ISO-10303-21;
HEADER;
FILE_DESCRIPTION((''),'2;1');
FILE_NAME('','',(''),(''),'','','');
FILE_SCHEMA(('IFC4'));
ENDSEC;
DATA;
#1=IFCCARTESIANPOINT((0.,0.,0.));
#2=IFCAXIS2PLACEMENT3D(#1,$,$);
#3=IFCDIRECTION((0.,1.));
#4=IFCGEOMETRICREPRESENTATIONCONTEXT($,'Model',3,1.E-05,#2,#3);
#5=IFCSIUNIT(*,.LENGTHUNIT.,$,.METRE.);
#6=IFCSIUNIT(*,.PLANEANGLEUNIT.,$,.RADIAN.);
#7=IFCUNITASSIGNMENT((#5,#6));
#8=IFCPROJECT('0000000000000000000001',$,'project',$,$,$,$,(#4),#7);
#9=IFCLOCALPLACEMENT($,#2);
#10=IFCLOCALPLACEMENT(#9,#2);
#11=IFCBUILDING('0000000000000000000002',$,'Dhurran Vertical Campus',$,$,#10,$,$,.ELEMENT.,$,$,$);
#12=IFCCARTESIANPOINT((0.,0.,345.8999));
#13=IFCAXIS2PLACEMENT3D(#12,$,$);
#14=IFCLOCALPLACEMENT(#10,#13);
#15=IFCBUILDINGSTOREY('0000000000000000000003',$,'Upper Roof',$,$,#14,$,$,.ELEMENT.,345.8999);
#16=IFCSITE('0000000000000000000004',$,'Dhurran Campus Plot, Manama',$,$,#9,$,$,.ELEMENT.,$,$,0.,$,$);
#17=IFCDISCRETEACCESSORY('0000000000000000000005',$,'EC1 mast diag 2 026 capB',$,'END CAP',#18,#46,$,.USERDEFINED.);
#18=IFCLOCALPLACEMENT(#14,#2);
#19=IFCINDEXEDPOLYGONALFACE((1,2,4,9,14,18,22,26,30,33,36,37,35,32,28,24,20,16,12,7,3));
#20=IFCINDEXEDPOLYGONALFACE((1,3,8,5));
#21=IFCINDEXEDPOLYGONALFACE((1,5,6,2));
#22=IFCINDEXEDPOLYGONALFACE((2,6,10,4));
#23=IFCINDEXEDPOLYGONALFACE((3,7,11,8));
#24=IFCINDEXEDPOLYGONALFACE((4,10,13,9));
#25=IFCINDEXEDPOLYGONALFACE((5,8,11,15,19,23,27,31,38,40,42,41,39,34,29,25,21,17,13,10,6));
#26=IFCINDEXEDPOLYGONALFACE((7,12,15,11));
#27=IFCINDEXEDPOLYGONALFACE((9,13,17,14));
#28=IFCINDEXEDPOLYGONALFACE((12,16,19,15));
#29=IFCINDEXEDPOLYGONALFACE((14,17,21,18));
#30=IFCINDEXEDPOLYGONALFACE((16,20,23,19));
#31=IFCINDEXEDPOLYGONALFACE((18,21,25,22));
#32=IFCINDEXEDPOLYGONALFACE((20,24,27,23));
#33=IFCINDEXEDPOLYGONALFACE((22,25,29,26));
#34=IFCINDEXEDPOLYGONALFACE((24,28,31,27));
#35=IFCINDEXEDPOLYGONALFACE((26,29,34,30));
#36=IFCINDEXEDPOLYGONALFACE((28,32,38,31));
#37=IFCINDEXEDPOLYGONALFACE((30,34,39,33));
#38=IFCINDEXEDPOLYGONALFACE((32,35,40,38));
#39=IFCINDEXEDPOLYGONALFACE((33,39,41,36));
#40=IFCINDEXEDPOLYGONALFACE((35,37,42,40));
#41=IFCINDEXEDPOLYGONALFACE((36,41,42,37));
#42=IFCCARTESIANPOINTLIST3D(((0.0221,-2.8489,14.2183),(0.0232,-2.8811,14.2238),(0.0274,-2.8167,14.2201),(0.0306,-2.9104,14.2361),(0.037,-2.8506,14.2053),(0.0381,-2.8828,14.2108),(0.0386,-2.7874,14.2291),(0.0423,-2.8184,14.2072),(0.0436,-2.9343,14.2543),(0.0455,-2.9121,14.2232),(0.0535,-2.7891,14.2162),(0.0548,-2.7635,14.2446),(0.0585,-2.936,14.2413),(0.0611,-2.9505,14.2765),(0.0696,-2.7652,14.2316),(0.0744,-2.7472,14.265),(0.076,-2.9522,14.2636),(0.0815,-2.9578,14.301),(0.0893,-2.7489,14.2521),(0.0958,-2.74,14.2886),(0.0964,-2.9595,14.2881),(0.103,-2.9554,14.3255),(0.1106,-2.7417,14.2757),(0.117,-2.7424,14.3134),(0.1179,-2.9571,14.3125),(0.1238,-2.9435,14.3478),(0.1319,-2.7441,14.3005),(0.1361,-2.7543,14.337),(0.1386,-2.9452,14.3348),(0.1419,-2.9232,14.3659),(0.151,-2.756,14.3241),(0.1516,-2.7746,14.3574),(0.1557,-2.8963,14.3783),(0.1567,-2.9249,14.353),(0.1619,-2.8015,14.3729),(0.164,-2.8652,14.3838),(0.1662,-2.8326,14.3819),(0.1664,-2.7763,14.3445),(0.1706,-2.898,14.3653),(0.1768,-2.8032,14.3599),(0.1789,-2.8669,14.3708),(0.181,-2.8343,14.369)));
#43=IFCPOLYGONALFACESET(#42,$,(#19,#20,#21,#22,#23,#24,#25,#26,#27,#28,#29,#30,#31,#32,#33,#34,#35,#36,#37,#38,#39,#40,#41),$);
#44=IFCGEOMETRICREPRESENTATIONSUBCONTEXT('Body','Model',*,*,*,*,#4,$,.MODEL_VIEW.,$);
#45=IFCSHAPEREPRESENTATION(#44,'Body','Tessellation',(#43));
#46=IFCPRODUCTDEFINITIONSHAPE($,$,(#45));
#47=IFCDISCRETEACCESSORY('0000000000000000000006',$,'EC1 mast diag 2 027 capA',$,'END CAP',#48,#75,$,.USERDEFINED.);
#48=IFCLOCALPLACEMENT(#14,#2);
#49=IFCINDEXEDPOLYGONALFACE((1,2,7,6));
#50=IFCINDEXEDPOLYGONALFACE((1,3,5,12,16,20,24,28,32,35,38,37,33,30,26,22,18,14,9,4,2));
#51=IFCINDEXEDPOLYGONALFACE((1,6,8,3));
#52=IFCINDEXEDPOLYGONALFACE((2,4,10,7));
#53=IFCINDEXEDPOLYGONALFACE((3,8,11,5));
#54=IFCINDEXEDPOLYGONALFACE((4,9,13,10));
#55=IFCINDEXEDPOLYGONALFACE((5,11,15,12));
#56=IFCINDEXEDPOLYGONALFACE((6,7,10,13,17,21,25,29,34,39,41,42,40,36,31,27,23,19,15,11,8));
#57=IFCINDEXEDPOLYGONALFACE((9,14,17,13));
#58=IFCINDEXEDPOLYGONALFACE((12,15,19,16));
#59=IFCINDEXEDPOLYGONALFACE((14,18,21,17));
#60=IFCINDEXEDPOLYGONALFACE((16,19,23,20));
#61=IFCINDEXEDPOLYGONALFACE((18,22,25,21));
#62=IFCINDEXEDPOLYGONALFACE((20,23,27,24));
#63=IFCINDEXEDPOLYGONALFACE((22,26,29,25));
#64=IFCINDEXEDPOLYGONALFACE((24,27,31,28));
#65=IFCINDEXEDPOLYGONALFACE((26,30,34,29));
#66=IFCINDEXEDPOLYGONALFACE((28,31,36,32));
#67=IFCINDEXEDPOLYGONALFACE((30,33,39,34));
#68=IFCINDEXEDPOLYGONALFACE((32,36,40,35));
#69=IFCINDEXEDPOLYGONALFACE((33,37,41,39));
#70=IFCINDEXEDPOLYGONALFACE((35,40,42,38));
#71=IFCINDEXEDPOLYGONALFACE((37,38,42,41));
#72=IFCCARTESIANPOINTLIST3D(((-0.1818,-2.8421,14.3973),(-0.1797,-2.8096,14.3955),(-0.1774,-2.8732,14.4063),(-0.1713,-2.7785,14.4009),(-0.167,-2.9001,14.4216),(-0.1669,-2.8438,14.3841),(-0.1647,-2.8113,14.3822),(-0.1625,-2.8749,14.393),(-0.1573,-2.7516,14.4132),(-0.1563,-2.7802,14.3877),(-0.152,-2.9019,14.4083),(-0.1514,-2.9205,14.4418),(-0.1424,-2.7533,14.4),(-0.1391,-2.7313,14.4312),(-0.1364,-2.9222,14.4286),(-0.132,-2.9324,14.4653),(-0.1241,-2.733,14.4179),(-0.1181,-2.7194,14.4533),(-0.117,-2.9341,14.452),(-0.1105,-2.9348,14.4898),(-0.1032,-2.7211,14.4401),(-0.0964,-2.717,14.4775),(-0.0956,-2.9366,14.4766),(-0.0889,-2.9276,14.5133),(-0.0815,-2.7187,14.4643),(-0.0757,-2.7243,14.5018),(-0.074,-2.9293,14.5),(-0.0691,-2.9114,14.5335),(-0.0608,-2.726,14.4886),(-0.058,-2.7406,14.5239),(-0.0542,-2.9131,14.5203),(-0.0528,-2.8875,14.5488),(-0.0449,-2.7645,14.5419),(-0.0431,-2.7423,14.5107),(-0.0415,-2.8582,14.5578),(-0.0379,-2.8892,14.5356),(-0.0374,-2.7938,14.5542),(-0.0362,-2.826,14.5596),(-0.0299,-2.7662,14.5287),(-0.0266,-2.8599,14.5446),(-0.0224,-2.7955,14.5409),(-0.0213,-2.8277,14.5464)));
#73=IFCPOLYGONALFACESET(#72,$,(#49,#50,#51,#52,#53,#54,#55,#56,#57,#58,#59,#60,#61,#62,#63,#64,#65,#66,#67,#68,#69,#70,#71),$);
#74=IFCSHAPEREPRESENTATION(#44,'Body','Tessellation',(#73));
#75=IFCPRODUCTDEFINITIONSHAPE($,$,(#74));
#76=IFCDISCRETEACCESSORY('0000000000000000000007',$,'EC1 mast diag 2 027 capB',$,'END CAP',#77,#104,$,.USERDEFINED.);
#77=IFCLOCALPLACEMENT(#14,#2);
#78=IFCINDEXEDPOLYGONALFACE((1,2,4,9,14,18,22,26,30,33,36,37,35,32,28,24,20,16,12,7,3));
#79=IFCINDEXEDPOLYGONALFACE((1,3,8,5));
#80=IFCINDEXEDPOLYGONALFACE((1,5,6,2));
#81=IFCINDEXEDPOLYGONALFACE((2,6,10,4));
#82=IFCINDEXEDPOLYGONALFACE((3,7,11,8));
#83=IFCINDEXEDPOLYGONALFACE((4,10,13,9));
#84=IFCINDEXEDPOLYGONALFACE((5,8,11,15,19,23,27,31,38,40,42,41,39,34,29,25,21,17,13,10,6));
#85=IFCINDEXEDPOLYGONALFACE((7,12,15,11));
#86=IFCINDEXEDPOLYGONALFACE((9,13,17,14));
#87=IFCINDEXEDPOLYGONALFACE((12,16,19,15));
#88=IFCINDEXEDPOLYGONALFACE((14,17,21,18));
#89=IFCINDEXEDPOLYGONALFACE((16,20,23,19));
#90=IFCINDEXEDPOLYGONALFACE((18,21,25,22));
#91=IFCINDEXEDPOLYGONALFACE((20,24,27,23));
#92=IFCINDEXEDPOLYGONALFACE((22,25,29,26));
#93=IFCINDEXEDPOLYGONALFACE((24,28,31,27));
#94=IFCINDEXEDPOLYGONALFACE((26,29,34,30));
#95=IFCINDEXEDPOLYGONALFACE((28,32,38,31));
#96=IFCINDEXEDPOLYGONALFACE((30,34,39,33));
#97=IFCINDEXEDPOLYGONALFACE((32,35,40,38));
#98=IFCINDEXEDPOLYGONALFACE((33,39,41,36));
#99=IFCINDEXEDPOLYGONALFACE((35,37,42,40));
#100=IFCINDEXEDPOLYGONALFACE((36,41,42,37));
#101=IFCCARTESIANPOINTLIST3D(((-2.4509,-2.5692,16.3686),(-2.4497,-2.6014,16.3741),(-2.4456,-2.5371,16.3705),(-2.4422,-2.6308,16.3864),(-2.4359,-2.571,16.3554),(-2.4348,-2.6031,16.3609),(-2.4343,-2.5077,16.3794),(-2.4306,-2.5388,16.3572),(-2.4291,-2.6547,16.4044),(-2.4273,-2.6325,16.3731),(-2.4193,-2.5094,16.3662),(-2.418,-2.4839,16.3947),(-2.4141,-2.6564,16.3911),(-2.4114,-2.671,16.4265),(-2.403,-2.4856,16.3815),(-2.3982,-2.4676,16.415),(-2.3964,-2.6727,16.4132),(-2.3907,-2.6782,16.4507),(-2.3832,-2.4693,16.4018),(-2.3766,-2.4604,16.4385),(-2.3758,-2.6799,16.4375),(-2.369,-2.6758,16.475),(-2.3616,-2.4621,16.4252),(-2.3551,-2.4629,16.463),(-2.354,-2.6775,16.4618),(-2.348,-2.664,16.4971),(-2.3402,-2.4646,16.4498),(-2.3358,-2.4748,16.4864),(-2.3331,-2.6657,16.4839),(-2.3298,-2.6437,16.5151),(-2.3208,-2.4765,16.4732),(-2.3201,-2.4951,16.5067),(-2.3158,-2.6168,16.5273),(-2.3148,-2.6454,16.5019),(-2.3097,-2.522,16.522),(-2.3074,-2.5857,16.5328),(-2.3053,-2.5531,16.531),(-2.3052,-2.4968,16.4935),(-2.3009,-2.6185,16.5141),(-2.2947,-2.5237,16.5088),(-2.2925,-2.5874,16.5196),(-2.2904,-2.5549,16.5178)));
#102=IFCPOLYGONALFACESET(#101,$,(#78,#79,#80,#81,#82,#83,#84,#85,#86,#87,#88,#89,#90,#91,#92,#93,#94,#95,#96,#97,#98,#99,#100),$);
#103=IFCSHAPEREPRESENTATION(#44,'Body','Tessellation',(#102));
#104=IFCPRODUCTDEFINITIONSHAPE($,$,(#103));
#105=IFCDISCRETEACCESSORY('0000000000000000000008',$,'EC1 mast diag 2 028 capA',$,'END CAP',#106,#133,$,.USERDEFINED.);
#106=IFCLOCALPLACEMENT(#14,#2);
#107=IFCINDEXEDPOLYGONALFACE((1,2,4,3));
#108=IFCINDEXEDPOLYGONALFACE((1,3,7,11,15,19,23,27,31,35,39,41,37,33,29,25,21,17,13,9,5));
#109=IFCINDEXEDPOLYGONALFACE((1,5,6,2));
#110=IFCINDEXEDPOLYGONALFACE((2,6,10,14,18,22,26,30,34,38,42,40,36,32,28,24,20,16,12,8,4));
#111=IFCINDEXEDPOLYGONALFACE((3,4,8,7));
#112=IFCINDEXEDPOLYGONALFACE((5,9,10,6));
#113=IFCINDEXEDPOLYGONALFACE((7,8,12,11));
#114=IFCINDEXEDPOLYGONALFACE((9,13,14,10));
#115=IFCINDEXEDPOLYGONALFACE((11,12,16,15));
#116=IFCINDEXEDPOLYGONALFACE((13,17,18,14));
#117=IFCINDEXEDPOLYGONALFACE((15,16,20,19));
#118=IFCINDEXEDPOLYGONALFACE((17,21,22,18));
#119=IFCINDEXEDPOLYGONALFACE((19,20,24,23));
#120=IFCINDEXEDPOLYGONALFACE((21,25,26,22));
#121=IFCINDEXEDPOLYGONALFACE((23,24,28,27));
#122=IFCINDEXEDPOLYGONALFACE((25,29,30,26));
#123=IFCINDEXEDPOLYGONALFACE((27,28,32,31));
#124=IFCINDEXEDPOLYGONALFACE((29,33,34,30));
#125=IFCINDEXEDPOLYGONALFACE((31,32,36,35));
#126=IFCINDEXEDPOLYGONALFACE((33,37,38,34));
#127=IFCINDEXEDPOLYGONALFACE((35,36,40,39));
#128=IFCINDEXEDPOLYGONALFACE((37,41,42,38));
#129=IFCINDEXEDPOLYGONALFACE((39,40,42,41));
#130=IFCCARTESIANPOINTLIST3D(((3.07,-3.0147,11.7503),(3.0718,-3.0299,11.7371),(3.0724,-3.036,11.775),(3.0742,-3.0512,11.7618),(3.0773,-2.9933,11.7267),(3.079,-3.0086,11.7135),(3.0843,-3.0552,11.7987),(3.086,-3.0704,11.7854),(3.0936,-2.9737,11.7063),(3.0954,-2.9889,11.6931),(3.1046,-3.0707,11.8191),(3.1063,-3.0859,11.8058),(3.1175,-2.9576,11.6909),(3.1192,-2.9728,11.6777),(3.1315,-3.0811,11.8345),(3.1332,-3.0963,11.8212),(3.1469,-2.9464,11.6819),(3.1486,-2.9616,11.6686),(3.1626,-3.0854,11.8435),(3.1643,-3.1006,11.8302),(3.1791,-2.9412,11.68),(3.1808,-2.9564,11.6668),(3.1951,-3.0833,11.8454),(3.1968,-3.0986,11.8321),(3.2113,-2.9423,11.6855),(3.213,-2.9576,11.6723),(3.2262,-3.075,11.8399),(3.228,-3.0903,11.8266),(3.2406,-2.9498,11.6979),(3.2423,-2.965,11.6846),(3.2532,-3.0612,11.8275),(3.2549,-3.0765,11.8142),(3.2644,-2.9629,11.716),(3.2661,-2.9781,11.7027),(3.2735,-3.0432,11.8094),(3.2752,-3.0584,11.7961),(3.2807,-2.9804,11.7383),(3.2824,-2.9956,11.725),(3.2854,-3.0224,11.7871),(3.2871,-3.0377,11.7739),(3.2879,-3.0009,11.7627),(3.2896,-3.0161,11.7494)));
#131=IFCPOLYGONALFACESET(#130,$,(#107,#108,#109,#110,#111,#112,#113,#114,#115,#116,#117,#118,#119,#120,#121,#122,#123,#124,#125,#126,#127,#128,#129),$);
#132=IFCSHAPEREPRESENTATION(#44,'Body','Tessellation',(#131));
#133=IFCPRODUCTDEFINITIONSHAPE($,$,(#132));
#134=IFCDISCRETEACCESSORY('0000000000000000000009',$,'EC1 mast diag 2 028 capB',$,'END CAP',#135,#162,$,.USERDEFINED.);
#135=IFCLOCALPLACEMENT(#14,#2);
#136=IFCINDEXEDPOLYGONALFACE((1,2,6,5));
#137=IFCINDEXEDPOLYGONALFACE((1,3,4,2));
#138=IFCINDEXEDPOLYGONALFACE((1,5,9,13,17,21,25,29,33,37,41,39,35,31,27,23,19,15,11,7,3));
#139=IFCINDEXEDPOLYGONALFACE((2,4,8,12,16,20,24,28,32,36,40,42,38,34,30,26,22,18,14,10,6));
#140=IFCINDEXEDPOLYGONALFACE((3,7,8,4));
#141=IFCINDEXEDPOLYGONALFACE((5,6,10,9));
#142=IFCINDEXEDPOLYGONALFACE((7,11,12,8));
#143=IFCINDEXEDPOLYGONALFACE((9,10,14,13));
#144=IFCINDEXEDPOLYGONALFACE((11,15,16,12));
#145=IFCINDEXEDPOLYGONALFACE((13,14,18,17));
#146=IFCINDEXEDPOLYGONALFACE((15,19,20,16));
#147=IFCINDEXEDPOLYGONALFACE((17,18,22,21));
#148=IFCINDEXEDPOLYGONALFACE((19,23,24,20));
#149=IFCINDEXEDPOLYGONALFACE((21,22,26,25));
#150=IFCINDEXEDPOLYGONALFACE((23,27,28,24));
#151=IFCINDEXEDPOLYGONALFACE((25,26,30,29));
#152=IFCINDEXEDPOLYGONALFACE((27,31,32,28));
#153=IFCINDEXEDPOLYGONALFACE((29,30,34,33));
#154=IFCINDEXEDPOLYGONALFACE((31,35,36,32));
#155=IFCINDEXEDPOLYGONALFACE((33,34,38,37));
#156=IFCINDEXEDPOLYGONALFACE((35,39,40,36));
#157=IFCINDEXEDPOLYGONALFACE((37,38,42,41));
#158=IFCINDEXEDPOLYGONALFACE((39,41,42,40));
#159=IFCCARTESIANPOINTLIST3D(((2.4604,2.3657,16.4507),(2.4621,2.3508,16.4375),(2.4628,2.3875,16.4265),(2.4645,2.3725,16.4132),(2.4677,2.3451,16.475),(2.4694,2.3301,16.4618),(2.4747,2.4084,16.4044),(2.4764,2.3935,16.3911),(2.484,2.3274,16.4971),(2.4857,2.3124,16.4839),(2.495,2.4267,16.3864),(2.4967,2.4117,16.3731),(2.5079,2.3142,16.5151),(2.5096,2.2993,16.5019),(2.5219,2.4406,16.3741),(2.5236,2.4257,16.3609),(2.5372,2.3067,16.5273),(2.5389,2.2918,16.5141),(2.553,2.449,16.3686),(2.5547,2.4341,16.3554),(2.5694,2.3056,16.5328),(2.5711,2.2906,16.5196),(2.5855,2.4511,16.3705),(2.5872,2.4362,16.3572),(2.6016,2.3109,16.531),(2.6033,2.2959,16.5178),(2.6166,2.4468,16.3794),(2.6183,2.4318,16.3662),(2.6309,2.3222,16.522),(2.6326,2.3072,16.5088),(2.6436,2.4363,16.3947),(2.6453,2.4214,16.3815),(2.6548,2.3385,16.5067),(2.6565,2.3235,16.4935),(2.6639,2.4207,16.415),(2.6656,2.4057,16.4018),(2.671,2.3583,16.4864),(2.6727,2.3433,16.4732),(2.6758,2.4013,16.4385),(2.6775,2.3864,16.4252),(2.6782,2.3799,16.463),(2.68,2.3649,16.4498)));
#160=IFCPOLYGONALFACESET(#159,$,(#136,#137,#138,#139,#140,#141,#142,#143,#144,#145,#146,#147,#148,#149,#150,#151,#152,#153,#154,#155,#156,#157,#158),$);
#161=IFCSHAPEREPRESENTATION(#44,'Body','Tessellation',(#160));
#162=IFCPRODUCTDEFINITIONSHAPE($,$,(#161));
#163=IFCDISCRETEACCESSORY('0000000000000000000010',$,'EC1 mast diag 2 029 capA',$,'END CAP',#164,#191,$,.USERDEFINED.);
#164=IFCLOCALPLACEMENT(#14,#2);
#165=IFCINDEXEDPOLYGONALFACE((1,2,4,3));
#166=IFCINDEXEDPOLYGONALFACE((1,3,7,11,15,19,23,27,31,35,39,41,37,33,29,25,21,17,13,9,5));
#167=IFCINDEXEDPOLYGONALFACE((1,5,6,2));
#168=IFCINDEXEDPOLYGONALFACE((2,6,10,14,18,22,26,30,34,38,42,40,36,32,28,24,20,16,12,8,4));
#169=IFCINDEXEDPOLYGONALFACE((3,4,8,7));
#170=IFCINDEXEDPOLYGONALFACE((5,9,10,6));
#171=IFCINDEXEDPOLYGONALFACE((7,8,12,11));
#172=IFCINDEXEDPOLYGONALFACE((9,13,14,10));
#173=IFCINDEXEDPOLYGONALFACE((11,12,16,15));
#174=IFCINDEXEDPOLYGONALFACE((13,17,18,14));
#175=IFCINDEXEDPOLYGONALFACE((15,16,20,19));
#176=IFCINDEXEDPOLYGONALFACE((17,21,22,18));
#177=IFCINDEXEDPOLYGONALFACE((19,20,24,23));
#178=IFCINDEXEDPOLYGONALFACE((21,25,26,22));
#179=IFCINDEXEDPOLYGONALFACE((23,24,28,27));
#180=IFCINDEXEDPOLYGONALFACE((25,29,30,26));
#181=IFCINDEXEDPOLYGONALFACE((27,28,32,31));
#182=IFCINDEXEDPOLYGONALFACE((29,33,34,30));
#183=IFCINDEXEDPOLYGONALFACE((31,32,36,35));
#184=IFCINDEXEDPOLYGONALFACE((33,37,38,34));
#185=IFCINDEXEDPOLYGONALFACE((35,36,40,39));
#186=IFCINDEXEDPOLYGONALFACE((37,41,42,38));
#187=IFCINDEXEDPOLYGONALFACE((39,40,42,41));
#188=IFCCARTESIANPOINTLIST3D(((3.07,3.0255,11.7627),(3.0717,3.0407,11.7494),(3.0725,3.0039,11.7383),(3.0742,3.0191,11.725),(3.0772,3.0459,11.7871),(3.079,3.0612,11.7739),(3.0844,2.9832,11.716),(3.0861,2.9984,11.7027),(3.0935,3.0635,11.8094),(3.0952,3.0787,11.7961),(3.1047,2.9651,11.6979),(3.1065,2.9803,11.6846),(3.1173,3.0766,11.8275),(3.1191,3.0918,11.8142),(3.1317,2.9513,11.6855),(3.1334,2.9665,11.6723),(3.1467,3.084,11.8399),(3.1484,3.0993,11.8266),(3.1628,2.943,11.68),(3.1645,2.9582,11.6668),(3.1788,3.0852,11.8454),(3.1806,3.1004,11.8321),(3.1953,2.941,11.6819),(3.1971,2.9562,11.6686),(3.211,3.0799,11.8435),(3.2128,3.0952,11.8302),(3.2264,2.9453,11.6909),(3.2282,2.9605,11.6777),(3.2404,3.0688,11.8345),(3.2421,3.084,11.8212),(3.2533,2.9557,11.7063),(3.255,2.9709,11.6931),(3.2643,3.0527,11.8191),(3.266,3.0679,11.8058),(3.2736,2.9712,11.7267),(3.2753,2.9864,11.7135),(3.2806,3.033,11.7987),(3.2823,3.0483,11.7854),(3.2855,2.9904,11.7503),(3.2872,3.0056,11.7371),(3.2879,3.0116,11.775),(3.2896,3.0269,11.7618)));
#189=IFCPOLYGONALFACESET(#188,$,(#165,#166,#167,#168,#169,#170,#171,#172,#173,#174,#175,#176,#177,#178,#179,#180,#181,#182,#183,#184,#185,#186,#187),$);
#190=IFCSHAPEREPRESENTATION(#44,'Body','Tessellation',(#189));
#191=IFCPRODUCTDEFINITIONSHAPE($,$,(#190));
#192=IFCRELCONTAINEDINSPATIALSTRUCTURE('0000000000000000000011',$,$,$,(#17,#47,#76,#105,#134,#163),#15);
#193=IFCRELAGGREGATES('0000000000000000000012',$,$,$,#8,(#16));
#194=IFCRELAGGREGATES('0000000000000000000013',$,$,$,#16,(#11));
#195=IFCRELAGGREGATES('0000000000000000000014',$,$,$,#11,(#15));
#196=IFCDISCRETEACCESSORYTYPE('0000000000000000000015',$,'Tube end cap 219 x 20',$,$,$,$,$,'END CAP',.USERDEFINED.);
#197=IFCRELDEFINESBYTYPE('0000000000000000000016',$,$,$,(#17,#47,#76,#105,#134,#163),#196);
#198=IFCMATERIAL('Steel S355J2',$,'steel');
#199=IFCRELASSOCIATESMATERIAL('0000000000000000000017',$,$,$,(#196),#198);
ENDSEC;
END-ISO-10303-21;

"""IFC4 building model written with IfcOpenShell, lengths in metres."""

from ifc_helpers import new_model, si_unit, direction, frame, origin, origin_2d, place, context, subcontext, project, spatial, circle, extrude, material, material_profile, profile_set, type_object, element, save


model = new_model("IFC4")

# Units and contexts
model_context = context("Model", 3, precision=1e-05, world=origin(), true_north=direction((0.0, 1.0)))
body_context = subcontext(model_context, "Body", "Model", "MODEL_VIEW")
ifc_project = project(units=[si_unit("LENGTHUNIT", "METRE"), si_unit("PLANEANGLEUNIT", "RADIAN")], contexts=[model_context])

# Site, building, storey
site_placement = place(None, origin())
site = spatial("IfcSite", under=ifc_project, at=site_placement, Name="Dhurran Campus Plot, Manama", CompositionType="ELEMENT", RefElevation=0.0)
building_placement = place(site_placement, origin())
building = spatial("IfcBuilding", under=site, at=building_placement, Name="Dhurran Vertical Campus", CompositionType="ELEMENT")
storey_placement = place(building_placement, frame((0.0, 0.0, 345.8999)))
storey = spatial("IfcBuildingStorey", under=building, at=storey_placement, Name="Upper Roof", CompositionType="ELEMENT", Elevation=345.8999)

# Discrete accessories
ifc_material_1 = material(Name="Steel S355J2", Category="steel")
ifc_material_profile_1 = material_profile(ifc_material_1, circle(Radius=0.1096, at=origin_2d()), Name="Tube end cap 219 x 20")
ifc_profile_set_1 = profile_set([ifc_material_profile_1], Name="Steel S355J2")
discrete_accessory_type = type_object("IfcDiscreteAccessoryType", Name="Tube end cap 219 x 20", ElementType="END CAP", PredefinedType="USERDEFINED", material=ifc_profile_set_1)
discrete_accessory_1_placement = place(storey_placement, frame((0.1089, -2.8506, 14.2881), z_axis=(-0.752056, 0.086301, 0.653425), x_axis=(-0.114006, -0.99348, 0.0)))
element("IfcDiscreteAccessory", 1, at=discrete_accessory_1_placement, inside=storey, type_object=discrete_accessory_type, Name="EC1 mast diag 2 026 capB", ObjectType="END CAP", PredefinedType="USERDEFINED", context=body_context, shape_type="SweptSolid", body=[
    extrude(circle(Radius=0.1096, at=origin_2d()), origin(), (0.0, 0.0, 1.0), 0.0198),
])
for number, where, z_axis, x_axis, name in (
    (2, (-0.1089, -2.8259, 14.4775), (0.746013, -0.085608, -0.660405), (0.114006, 0.99348, 0.0), "EC1 mast diag 2 027 capA"),
    (3, (-2.3633, -2.571, 16.4375), (-0.746013, 0.085608, 0.660405), (-0.114006, -0.99348, 0.0), "EC1 mast diag 2 027 capB"),
):
    element("IfcDiscreteAccessory", number, at=place(storey_placement, frame(where, z_axis=z_axis, x_axis=x_axis)), inside=storey, type_object=discrete_accessory_type, Name=name, ObjectType="END CAP", PredefinedType="USERDEFINED", context=body_context, shape_type="SweptSolid", body=[
        extrude(circle(Radius=0.1096, at=origin_2d()), origin(), (0.0, 0.0, 1.0), 0.02),
    ])
discrete_accessory_2_placement = place(storey_placement, frame((3.179, -3.0132, 11.7627), z_axis=(0.084831, -0.751363, -0.654413), x_axis=(0.993687, 0.11219, 0.0)))
element("IfcDiscreteAccessory", 4, at=discrete_accessory_2_placement, inside=storey, type_object=discrete_accessory_type, Name="EC1 mast diag 2 028 capA", ObjectType="END CAP", PredefinedType="USERDEFINED", context=body_context, shape_type="SweptSolid", body=[
    extrude(circle(Radius=0.1096, at=origin_2d()), origin(), (0.0, 0.0, 1.0), 0.0203),
])
discrete_accessory_3_placement = place(storey_placement, frame((2.571, 2.3633, 16.4375), z_axis=(-0.085608, 0.746013, 0.660405), x_axis=(-0.99348, -0.114006, 0.0)))
element("IfcDiscreteAccessory", 5, at=discrete_accessory_3_placement, inside=storey, type_object=discrete_accessory_type, Name="EC1 mast diag 2 028 capB", ObjectType="END CAP", PredefinedType="USERDEFINED", context=body_context, shape_type="SweptSolid", body=[
    extrude(circle(Radius=0.1096, at=origin_2d()), origin(), (0.0, 0.0, 1.0), 0.02),
])
discrete_accessory_4_placement = place(storey_placement, frame((3.179, 3.0132, 11.7627), z_axis=(0.084831, 0.751363, -0.654413), x_axis=(-0.993687, 0.11219, 0.0)))
element("IfcDiscreteAccessory", 6, at=discrete_accessory_4_placement, inside=storey, type_object=discrete_accessory_type, Name="EC1 mast diag 2 029 capA", ObjectType="END CAP", PredefinedType="USERDEFINED", context=body_context, shape_type="SweptSolid", body=[
    extrude(circle(Radius=0.1096, at=origin_2d()), origin(), (0.0, 0.0, 1.0), 0.0203),
])

save(model, "model.ifc")
